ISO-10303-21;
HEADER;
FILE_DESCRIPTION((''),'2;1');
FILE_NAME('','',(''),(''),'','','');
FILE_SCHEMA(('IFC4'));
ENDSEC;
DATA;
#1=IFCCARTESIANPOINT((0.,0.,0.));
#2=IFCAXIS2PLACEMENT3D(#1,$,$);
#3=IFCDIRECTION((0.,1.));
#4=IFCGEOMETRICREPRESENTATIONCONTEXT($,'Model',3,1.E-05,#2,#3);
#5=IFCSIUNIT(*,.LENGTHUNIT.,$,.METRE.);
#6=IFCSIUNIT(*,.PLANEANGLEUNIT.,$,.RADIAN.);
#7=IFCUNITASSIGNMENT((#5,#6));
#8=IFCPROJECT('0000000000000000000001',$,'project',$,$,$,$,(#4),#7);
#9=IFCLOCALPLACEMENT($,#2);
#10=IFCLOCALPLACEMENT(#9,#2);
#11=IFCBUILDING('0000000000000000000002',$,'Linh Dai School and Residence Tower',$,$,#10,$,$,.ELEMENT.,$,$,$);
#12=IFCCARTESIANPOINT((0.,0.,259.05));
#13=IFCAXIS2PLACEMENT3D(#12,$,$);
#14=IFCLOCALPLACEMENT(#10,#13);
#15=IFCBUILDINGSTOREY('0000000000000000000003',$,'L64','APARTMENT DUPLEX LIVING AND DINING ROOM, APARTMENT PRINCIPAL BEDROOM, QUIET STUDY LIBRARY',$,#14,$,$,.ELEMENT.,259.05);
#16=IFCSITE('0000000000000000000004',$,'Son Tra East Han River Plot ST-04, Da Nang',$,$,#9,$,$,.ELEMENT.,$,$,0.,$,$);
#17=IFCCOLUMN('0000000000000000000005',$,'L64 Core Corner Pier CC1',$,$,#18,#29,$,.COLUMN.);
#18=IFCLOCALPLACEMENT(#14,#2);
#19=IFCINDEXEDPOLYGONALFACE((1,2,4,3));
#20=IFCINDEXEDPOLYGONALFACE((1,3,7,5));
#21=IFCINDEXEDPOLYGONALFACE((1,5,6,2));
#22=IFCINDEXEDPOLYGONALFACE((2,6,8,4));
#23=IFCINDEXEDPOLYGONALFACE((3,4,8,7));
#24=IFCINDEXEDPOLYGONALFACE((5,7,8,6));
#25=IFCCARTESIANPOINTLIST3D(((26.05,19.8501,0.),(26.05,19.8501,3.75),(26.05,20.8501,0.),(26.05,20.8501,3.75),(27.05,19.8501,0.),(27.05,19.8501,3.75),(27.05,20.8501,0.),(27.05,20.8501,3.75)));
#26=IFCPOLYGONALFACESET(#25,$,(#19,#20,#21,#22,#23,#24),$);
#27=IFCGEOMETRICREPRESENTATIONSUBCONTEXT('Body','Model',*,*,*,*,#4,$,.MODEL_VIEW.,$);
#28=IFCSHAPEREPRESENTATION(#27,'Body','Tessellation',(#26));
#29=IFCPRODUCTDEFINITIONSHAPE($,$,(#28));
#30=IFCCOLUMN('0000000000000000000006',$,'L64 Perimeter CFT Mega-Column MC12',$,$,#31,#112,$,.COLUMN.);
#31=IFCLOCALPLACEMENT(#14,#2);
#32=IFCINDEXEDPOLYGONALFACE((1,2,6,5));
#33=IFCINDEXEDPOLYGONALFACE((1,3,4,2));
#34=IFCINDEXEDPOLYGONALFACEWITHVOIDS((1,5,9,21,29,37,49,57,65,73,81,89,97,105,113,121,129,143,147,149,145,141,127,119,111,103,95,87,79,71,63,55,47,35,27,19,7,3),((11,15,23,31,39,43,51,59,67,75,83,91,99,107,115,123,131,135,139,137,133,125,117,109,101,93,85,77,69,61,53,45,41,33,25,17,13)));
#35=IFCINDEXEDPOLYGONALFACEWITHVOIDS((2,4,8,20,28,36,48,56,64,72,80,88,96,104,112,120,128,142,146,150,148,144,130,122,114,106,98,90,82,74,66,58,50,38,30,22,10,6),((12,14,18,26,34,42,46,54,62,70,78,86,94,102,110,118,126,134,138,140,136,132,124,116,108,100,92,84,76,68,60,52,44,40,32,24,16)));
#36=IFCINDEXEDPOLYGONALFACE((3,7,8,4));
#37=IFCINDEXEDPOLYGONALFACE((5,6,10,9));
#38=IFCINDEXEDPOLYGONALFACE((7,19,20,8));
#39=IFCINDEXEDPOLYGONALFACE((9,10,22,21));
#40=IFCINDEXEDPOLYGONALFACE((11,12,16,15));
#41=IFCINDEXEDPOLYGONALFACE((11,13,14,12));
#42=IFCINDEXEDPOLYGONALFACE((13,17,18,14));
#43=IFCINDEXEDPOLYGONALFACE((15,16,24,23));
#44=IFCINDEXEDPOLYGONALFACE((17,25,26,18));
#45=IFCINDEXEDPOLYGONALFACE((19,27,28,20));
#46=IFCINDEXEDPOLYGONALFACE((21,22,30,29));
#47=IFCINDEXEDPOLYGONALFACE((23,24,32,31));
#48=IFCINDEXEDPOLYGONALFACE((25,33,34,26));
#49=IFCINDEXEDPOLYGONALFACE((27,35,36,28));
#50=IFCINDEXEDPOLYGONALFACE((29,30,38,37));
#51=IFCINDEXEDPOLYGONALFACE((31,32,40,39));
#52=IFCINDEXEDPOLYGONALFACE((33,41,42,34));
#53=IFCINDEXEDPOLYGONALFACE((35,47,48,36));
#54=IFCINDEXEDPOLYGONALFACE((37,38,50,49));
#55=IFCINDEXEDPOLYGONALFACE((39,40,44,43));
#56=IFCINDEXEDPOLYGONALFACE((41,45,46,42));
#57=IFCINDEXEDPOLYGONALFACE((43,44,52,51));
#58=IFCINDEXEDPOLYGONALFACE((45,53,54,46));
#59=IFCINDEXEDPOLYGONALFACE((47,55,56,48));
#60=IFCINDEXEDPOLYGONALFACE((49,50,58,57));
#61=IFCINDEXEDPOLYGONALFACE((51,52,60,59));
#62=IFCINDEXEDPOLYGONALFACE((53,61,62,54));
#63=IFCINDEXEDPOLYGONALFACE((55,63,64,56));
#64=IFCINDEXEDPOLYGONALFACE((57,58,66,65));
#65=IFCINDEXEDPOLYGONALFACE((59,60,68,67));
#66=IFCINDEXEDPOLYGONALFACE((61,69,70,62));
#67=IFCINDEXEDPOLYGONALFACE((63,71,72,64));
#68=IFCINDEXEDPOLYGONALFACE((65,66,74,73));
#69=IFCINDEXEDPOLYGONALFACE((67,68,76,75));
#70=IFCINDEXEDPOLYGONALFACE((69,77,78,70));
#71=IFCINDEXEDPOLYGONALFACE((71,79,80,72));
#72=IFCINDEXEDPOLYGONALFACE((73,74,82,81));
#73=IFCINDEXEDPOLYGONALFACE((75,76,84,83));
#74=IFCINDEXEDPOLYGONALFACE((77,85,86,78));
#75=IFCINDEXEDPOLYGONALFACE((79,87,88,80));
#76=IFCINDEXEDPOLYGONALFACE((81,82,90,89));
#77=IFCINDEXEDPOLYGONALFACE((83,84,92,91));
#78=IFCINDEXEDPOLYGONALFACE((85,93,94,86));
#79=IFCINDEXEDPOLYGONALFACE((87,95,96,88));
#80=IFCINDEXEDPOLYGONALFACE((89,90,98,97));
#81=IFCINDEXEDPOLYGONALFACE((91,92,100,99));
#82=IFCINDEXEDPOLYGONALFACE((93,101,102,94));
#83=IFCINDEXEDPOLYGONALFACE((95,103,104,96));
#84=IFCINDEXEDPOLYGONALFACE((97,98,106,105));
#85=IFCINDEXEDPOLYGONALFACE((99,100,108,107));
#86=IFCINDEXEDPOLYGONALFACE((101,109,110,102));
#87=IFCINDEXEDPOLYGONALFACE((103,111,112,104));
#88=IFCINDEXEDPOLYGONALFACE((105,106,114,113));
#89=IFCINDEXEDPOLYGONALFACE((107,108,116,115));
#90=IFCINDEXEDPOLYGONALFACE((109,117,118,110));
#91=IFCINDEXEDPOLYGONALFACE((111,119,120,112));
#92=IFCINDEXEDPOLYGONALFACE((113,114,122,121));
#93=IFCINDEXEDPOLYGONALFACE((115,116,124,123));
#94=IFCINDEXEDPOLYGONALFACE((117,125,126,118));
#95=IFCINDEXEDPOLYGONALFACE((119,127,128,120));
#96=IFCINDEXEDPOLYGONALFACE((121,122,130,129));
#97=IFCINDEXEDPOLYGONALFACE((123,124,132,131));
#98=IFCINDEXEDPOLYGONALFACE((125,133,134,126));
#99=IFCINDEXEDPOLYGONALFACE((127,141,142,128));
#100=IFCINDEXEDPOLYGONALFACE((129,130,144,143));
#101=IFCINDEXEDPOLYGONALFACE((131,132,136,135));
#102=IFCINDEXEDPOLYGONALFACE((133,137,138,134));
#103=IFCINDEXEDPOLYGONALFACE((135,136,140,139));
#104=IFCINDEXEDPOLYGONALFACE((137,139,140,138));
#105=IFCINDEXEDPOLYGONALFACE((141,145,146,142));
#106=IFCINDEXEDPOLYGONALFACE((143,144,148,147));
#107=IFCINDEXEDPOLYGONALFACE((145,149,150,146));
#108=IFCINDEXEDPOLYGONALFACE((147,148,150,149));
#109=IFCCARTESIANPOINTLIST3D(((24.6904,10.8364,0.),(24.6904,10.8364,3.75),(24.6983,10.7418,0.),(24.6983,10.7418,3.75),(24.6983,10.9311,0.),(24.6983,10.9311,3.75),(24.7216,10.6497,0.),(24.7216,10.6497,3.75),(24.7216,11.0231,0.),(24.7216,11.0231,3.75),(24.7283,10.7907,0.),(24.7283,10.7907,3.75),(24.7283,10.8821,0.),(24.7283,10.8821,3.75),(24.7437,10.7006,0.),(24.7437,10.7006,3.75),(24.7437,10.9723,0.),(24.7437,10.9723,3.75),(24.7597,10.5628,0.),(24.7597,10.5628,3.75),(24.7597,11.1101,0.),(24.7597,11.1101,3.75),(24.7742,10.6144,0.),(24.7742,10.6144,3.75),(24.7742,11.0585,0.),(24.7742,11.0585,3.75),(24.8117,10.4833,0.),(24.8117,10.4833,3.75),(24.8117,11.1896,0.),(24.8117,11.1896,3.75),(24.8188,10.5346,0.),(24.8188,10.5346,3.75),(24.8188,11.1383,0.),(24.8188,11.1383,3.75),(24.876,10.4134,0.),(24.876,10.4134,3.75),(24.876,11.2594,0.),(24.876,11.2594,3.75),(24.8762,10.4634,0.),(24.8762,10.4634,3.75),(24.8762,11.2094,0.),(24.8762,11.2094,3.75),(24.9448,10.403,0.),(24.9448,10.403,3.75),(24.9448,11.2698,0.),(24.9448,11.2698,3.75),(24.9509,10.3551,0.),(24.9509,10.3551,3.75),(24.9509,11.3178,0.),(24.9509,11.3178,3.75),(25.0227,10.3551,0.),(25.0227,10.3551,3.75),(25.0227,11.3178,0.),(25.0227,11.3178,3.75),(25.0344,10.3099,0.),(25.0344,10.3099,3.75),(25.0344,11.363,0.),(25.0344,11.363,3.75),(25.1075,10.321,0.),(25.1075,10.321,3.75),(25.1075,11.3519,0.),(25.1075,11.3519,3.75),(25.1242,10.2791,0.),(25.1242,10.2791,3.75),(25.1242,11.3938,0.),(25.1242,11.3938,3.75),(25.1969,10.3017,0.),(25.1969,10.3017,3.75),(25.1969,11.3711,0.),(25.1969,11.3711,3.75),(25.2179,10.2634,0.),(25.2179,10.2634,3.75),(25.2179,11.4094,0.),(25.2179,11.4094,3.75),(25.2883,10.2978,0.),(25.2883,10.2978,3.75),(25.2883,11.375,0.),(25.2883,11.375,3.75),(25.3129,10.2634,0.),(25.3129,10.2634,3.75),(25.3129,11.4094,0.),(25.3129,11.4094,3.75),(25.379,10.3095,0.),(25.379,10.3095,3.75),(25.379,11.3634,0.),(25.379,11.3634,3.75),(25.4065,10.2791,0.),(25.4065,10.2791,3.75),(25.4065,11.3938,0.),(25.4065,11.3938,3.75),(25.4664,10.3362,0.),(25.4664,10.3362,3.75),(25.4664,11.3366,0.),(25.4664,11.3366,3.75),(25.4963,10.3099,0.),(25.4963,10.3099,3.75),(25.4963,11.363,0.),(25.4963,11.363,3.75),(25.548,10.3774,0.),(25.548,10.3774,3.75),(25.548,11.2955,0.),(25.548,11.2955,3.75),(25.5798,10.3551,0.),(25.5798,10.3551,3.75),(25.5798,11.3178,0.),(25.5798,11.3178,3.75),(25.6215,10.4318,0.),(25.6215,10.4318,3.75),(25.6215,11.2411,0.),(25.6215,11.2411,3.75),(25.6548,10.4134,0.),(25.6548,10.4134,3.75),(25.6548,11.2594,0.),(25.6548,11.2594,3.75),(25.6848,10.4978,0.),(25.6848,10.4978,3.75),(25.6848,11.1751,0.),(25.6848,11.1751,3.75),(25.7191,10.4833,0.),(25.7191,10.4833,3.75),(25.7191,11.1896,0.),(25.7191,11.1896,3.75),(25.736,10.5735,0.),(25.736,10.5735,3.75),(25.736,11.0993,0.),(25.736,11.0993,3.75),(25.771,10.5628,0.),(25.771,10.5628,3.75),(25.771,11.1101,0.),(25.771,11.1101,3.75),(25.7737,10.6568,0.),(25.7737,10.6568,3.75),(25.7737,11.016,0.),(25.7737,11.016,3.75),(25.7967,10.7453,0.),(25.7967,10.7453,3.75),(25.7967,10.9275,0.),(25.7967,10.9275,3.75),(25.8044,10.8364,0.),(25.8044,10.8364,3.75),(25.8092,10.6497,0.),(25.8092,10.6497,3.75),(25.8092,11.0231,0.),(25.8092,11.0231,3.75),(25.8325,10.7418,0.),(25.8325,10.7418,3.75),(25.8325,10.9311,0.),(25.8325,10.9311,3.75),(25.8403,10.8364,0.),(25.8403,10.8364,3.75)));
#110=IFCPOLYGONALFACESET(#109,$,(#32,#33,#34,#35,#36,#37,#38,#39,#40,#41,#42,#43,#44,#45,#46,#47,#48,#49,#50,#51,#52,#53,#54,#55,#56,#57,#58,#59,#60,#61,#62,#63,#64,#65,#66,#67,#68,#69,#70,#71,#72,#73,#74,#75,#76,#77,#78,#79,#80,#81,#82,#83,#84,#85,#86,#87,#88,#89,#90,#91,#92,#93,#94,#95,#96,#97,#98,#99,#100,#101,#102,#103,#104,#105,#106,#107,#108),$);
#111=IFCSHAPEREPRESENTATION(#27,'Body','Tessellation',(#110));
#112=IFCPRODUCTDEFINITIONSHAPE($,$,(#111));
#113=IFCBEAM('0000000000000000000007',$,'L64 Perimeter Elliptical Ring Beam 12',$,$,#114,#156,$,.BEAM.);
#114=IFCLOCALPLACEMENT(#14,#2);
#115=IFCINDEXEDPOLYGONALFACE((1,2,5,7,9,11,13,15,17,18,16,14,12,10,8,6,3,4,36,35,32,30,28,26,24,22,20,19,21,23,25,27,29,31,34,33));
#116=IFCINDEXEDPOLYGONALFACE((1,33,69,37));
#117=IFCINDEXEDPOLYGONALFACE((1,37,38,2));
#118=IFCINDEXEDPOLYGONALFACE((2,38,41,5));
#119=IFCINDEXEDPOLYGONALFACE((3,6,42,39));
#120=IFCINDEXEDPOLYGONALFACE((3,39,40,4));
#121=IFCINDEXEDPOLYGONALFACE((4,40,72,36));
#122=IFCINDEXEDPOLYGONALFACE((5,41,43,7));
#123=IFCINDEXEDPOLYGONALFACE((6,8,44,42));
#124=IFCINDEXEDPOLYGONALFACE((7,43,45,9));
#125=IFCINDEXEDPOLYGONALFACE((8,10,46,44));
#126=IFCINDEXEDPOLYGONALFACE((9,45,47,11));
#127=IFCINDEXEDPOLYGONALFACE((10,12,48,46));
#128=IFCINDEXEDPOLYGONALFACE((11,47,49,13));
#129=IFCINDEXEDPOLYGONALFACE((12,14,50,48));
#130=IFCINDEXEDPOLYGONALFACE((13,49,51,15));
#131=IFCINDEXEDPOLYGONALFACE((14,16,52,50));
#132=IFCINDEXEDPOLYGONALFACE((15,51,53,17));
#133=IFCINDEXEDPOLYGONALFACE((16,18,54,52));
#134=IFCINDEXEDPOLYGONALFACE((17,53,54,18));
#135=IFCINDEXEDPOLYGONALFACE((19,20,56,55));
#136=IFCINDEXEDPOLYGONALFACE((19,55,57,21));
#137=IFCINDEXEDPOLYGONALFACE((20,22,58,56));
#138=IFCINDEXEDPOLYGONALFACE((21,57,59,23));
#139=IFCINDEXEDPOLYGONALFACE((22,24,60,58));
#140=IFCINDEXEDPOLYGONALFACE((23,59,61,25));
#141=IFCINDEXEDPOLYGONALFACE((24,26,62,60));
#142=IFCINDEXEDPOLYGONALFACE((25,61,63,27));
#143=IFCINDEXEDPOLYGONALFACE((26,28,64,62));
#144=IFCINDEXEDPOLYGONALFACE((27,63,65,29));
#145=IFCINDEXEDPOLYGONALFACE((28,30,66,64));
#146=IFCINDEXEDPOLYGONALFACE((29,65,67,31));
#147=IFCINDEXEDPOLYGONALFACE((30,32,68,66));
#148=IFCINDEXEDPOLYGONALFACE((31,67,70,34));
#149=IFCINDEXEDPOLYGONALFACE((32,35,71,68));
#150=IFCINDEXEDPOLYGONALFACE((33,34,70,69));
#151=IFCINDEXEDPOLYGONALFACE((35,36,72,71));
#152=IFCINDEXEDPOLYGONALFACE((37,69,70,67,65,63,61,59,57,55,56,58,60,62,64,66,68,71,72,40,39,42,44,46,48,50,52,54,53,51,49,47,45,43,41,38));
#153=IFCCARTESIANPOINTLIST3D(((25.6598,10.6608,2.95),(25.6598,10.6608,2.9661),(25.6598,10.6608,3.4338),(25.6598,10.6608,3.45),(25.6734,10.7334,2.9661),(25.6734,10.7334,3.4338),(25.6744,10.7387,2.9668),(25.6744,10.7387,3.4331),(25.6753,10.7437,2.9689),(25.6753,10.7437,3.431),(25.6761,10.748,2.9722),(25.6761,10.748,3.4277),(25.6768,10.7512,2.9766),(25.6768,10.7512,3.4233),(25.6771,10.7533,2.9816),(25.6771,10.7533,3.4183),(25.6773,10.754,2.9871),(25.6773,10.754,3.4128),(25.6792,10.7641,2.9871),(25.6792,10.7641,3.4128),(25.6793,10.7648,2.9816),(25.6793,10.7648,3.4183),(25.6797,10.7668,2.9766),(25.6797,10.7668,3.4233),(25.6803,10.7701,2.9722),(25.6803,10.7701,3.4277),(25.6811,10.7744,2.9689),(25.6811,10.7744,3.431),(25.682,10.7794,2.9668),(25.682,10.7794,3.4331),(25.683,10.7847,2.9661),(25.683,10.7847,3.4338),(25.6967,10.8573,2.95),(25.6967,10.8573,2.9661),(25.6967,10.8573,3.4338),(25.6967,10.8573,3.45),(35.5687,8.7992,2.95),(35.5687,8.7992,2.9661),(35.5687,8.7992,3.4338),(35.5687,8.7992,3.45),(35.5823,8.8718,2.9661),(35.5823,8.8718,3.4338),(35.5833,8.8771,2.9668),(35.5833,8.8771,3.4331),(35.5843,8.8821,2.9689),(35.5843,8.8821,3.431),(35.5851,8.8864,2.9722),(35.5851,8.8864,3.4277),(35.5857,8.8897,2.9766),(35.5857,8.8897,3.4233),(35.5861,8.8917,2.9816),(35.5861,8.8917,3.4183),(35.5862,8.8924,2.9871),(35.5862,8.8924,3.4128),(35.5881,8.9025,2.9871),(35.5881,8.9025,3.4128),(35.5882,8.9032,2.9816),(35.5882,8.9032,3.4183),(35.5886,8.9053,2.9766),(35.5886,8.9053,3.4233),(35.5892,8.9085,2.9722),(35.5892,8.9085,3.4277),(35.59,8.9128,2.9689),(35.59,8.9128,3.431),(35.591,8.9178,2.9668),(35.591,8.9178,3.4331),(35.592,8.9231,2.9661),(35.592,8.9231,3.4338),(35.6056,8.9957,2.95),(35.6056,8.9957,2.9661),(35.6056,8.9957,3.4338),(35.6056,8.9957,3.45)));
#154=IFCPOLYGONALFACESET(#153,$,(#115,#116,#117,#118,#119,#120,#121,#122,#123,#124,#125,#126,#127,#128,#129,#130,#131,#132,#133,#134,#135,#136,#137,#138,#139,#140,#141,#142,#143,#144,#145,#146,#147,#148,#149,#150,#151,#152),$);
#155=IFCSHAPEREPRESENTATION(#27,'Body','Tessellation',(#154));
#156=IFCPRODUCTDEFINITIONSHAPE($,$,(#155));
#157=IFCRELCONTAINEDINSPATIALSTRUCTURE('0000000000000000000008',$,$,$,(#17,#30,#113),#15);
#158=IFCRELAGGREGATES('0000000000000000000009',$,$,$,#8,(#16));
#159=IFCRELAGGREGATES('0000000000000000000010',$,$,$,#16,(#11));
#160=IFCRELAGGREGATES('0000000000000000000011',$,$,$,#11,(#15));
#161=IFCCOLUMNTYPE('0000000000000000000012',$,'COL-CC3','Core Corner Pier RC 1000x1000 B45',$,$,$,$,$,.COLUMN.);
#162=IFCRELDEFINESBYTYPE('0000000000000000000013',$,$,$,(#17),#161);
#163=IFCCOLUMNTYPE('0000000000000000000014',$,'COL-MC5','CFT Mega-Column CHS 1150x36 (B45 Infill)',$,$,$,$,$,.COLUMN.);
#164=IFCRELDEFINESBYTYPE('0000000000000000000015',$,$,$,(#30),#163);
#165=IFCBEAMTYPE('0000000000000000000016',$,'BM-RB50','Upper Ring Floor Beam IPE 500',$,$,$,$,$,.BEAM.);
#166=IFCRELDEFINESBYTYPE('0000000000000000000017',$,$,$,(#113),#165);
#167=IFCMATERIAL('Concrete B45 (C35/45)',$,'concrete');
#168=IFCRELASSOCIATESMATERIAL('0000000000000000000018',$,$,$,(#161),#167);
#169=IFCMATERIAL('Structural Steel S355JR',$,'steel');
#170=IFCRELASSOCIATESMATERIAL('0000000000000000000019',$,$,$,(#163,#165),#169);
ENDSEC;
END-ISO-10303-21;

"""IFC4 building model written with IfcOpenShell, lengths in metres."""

from ifc_helpers import new_model, si_unit, direction, frame, origin, origin_2d, place, context, subcontext, project, spatial, rectangle, hollow_circle, i_section, extrude, material, material_profile, profile_set, type_object, element, save


model = new_model("IFC4")

# Units and contexts
model_context = context("Model", 3, precision=1e-05, world=origin(), true_north=direction((0.0, 1.0)))
body_context = subcontext(model_context, "Body", "Model", "MODEL_VIEW")
ifc_project = project(units=[si_unit("LENGTHUNIT", "METRE"), si_unit("PLANEANGLEUNIT", "RADIAN")], contexts=[model_context])

# Site, building, storey
site_placement = place(None, origin())
site = spatial("IfcSite", under=ifc_project, at=site_placement, Name="Son Tra East Han River Plot ST-04, Da Nang", CompositionType="ELEMENT", RefElevation=0.0)
building_placement = place(site_placement, origin())
building = spatial("IfcBuilding", under=site, at=building_placement, Name="Linh Dai School and Residence Tower", CompositionType="ELEMENT")
storey_placement = place(building_placement, frame((0.0, 0.0, 259.05)))
storey = spatial("IfcBuildingStorey", under=building, at=storey_placement, Name="L64", Description="APARTMENT DUPLEX LIVING AND DINING ROOM, APARTMENT PRINCIPAL BEDROOM, QUIET STUDY LIBRARY", CompositionType="ELEMENT", Elevation=259.05)

# Columns
ifc_material_1 = material(Name="Concrete B45 (C35/45)", Category="concrete")
ifc_material_profile_1 = material_profile(ifc_material_1, rectangle(XDim=1.0, YDim=1.0, at=origin_2d()), Name="RC 1000x1000")
ifc_profile_set_1 = profile_set([ifc_material_profile_1], Name="Concrete B45 (C35/45)")
column_type_1 = type_object("IfcColumnType", Name="COL-CC3", Description="Core Corner Pier RC 1000x1000 B45", PredefinedType="COLUMN", material=ifc_profile_set_1)
column_1_placement = place(storey_placement, frame((26.55, 20.3501, 0.0), z_axis=(0.0, 0.0, 1.0), x_axis=(1.0, 0.0, 0.0)))
element("IfcColumn", 1, at=column_1_placement, inside=storey, type_object=column_type_1, Name="L64 Core Corner Pier CC1", PredefinedType="COLUMN", context=body_context, shape_type="SweptSolid", body=[
    extrude(rectangle(XDim=1.0, YDim=1.0, at=origin_2d()), origin(), (0.0, 0.0, 1.0), 3.75),
])
ifc_material_2 = material(Name="Structural Steel S355JR", Category="steel")
ifc_material_profile_2 = material_profile(ifc_material_2, hollow_circle(Radius=0.575, WallThickness=0.0359, at=origin_2d()), Name="CHS 1150x36")
ifc_profile_set_2 = profile_set([ifc_material_profile_2], Name="Structural Steel S355JR")
column_type_2 = type_object("IfcColumnType", Name="COL-MC5", Description="CFT Mega-Column CHS 1150x36 (B45 Infill)", PredefinedType="COLUMN", material=ifc_profile_set_2)
column_2_placement = place(storey_placement, frame((25.2654, 10.8364, 0.0), z_axis=(0.0, 0.0, 1.0), x_axis=(1.0, 0.0, 0.0)))
element("IfcColumn", 2, at=column_2_placement, inside=storey, type_object=column_type_2, Name="L64 Perimeter CFT Mega-Column MC12", PredefinedType="COLUMN", context=body_context, shape_type="SweptSolid", body=[
    extrude(hollow_circle(Radius=0.575, WallThickness=0.0359, at=origin_2d()), origin(), (0.0, 0.0, 1.0), 3.75),
])

# Beam
ifc_material_profile_3 = material_profile(ifc_material_2, i_section(OverallWidth=0.2, OverallDepth=0.5, WebThickness=0.0103, FlangeThickness=0.0161, FilletRadius=0.021, at=origin_2d()), Name="IPE 500")
ifc_profile_set_3 = profile_set([ifc_material_profile_3], Name="Structural Steel S355JR")
beam_type_1 = type_object("IfcBeamType", Name="BM-RB50", Description="Upper Ring Floor Beam IPE 500", PredefinedType="BEAM", material=ifc_profile_set_3)
beam_1_placement = place(storey_placement, frame((25.6782, 10.759, 3.2), z_axis=(0.982807, -0.184638, 0.0), x_axis=(0.184638, 0.982807, 0.0)))
element("IfcBeam", 3, at=beam_1_placement, inside=storey, type_object=beam_type_1, Name="L64 Perimeter Elliptical Ring Beam 12", PredefinedType="BEAM", context=body_context, shape_type="SweptSolid", body=[
    extrude(i_section(OverallWidth=0.2, OverallDepth=0.5, WebThickness=0.0103, FlangeThickness=0.0161, FilletRadius=0.021, at=origin_2d()), origin(), (0.0, 0.0, 1.0), 10.0823),
])

save(model, "model.ifc")
